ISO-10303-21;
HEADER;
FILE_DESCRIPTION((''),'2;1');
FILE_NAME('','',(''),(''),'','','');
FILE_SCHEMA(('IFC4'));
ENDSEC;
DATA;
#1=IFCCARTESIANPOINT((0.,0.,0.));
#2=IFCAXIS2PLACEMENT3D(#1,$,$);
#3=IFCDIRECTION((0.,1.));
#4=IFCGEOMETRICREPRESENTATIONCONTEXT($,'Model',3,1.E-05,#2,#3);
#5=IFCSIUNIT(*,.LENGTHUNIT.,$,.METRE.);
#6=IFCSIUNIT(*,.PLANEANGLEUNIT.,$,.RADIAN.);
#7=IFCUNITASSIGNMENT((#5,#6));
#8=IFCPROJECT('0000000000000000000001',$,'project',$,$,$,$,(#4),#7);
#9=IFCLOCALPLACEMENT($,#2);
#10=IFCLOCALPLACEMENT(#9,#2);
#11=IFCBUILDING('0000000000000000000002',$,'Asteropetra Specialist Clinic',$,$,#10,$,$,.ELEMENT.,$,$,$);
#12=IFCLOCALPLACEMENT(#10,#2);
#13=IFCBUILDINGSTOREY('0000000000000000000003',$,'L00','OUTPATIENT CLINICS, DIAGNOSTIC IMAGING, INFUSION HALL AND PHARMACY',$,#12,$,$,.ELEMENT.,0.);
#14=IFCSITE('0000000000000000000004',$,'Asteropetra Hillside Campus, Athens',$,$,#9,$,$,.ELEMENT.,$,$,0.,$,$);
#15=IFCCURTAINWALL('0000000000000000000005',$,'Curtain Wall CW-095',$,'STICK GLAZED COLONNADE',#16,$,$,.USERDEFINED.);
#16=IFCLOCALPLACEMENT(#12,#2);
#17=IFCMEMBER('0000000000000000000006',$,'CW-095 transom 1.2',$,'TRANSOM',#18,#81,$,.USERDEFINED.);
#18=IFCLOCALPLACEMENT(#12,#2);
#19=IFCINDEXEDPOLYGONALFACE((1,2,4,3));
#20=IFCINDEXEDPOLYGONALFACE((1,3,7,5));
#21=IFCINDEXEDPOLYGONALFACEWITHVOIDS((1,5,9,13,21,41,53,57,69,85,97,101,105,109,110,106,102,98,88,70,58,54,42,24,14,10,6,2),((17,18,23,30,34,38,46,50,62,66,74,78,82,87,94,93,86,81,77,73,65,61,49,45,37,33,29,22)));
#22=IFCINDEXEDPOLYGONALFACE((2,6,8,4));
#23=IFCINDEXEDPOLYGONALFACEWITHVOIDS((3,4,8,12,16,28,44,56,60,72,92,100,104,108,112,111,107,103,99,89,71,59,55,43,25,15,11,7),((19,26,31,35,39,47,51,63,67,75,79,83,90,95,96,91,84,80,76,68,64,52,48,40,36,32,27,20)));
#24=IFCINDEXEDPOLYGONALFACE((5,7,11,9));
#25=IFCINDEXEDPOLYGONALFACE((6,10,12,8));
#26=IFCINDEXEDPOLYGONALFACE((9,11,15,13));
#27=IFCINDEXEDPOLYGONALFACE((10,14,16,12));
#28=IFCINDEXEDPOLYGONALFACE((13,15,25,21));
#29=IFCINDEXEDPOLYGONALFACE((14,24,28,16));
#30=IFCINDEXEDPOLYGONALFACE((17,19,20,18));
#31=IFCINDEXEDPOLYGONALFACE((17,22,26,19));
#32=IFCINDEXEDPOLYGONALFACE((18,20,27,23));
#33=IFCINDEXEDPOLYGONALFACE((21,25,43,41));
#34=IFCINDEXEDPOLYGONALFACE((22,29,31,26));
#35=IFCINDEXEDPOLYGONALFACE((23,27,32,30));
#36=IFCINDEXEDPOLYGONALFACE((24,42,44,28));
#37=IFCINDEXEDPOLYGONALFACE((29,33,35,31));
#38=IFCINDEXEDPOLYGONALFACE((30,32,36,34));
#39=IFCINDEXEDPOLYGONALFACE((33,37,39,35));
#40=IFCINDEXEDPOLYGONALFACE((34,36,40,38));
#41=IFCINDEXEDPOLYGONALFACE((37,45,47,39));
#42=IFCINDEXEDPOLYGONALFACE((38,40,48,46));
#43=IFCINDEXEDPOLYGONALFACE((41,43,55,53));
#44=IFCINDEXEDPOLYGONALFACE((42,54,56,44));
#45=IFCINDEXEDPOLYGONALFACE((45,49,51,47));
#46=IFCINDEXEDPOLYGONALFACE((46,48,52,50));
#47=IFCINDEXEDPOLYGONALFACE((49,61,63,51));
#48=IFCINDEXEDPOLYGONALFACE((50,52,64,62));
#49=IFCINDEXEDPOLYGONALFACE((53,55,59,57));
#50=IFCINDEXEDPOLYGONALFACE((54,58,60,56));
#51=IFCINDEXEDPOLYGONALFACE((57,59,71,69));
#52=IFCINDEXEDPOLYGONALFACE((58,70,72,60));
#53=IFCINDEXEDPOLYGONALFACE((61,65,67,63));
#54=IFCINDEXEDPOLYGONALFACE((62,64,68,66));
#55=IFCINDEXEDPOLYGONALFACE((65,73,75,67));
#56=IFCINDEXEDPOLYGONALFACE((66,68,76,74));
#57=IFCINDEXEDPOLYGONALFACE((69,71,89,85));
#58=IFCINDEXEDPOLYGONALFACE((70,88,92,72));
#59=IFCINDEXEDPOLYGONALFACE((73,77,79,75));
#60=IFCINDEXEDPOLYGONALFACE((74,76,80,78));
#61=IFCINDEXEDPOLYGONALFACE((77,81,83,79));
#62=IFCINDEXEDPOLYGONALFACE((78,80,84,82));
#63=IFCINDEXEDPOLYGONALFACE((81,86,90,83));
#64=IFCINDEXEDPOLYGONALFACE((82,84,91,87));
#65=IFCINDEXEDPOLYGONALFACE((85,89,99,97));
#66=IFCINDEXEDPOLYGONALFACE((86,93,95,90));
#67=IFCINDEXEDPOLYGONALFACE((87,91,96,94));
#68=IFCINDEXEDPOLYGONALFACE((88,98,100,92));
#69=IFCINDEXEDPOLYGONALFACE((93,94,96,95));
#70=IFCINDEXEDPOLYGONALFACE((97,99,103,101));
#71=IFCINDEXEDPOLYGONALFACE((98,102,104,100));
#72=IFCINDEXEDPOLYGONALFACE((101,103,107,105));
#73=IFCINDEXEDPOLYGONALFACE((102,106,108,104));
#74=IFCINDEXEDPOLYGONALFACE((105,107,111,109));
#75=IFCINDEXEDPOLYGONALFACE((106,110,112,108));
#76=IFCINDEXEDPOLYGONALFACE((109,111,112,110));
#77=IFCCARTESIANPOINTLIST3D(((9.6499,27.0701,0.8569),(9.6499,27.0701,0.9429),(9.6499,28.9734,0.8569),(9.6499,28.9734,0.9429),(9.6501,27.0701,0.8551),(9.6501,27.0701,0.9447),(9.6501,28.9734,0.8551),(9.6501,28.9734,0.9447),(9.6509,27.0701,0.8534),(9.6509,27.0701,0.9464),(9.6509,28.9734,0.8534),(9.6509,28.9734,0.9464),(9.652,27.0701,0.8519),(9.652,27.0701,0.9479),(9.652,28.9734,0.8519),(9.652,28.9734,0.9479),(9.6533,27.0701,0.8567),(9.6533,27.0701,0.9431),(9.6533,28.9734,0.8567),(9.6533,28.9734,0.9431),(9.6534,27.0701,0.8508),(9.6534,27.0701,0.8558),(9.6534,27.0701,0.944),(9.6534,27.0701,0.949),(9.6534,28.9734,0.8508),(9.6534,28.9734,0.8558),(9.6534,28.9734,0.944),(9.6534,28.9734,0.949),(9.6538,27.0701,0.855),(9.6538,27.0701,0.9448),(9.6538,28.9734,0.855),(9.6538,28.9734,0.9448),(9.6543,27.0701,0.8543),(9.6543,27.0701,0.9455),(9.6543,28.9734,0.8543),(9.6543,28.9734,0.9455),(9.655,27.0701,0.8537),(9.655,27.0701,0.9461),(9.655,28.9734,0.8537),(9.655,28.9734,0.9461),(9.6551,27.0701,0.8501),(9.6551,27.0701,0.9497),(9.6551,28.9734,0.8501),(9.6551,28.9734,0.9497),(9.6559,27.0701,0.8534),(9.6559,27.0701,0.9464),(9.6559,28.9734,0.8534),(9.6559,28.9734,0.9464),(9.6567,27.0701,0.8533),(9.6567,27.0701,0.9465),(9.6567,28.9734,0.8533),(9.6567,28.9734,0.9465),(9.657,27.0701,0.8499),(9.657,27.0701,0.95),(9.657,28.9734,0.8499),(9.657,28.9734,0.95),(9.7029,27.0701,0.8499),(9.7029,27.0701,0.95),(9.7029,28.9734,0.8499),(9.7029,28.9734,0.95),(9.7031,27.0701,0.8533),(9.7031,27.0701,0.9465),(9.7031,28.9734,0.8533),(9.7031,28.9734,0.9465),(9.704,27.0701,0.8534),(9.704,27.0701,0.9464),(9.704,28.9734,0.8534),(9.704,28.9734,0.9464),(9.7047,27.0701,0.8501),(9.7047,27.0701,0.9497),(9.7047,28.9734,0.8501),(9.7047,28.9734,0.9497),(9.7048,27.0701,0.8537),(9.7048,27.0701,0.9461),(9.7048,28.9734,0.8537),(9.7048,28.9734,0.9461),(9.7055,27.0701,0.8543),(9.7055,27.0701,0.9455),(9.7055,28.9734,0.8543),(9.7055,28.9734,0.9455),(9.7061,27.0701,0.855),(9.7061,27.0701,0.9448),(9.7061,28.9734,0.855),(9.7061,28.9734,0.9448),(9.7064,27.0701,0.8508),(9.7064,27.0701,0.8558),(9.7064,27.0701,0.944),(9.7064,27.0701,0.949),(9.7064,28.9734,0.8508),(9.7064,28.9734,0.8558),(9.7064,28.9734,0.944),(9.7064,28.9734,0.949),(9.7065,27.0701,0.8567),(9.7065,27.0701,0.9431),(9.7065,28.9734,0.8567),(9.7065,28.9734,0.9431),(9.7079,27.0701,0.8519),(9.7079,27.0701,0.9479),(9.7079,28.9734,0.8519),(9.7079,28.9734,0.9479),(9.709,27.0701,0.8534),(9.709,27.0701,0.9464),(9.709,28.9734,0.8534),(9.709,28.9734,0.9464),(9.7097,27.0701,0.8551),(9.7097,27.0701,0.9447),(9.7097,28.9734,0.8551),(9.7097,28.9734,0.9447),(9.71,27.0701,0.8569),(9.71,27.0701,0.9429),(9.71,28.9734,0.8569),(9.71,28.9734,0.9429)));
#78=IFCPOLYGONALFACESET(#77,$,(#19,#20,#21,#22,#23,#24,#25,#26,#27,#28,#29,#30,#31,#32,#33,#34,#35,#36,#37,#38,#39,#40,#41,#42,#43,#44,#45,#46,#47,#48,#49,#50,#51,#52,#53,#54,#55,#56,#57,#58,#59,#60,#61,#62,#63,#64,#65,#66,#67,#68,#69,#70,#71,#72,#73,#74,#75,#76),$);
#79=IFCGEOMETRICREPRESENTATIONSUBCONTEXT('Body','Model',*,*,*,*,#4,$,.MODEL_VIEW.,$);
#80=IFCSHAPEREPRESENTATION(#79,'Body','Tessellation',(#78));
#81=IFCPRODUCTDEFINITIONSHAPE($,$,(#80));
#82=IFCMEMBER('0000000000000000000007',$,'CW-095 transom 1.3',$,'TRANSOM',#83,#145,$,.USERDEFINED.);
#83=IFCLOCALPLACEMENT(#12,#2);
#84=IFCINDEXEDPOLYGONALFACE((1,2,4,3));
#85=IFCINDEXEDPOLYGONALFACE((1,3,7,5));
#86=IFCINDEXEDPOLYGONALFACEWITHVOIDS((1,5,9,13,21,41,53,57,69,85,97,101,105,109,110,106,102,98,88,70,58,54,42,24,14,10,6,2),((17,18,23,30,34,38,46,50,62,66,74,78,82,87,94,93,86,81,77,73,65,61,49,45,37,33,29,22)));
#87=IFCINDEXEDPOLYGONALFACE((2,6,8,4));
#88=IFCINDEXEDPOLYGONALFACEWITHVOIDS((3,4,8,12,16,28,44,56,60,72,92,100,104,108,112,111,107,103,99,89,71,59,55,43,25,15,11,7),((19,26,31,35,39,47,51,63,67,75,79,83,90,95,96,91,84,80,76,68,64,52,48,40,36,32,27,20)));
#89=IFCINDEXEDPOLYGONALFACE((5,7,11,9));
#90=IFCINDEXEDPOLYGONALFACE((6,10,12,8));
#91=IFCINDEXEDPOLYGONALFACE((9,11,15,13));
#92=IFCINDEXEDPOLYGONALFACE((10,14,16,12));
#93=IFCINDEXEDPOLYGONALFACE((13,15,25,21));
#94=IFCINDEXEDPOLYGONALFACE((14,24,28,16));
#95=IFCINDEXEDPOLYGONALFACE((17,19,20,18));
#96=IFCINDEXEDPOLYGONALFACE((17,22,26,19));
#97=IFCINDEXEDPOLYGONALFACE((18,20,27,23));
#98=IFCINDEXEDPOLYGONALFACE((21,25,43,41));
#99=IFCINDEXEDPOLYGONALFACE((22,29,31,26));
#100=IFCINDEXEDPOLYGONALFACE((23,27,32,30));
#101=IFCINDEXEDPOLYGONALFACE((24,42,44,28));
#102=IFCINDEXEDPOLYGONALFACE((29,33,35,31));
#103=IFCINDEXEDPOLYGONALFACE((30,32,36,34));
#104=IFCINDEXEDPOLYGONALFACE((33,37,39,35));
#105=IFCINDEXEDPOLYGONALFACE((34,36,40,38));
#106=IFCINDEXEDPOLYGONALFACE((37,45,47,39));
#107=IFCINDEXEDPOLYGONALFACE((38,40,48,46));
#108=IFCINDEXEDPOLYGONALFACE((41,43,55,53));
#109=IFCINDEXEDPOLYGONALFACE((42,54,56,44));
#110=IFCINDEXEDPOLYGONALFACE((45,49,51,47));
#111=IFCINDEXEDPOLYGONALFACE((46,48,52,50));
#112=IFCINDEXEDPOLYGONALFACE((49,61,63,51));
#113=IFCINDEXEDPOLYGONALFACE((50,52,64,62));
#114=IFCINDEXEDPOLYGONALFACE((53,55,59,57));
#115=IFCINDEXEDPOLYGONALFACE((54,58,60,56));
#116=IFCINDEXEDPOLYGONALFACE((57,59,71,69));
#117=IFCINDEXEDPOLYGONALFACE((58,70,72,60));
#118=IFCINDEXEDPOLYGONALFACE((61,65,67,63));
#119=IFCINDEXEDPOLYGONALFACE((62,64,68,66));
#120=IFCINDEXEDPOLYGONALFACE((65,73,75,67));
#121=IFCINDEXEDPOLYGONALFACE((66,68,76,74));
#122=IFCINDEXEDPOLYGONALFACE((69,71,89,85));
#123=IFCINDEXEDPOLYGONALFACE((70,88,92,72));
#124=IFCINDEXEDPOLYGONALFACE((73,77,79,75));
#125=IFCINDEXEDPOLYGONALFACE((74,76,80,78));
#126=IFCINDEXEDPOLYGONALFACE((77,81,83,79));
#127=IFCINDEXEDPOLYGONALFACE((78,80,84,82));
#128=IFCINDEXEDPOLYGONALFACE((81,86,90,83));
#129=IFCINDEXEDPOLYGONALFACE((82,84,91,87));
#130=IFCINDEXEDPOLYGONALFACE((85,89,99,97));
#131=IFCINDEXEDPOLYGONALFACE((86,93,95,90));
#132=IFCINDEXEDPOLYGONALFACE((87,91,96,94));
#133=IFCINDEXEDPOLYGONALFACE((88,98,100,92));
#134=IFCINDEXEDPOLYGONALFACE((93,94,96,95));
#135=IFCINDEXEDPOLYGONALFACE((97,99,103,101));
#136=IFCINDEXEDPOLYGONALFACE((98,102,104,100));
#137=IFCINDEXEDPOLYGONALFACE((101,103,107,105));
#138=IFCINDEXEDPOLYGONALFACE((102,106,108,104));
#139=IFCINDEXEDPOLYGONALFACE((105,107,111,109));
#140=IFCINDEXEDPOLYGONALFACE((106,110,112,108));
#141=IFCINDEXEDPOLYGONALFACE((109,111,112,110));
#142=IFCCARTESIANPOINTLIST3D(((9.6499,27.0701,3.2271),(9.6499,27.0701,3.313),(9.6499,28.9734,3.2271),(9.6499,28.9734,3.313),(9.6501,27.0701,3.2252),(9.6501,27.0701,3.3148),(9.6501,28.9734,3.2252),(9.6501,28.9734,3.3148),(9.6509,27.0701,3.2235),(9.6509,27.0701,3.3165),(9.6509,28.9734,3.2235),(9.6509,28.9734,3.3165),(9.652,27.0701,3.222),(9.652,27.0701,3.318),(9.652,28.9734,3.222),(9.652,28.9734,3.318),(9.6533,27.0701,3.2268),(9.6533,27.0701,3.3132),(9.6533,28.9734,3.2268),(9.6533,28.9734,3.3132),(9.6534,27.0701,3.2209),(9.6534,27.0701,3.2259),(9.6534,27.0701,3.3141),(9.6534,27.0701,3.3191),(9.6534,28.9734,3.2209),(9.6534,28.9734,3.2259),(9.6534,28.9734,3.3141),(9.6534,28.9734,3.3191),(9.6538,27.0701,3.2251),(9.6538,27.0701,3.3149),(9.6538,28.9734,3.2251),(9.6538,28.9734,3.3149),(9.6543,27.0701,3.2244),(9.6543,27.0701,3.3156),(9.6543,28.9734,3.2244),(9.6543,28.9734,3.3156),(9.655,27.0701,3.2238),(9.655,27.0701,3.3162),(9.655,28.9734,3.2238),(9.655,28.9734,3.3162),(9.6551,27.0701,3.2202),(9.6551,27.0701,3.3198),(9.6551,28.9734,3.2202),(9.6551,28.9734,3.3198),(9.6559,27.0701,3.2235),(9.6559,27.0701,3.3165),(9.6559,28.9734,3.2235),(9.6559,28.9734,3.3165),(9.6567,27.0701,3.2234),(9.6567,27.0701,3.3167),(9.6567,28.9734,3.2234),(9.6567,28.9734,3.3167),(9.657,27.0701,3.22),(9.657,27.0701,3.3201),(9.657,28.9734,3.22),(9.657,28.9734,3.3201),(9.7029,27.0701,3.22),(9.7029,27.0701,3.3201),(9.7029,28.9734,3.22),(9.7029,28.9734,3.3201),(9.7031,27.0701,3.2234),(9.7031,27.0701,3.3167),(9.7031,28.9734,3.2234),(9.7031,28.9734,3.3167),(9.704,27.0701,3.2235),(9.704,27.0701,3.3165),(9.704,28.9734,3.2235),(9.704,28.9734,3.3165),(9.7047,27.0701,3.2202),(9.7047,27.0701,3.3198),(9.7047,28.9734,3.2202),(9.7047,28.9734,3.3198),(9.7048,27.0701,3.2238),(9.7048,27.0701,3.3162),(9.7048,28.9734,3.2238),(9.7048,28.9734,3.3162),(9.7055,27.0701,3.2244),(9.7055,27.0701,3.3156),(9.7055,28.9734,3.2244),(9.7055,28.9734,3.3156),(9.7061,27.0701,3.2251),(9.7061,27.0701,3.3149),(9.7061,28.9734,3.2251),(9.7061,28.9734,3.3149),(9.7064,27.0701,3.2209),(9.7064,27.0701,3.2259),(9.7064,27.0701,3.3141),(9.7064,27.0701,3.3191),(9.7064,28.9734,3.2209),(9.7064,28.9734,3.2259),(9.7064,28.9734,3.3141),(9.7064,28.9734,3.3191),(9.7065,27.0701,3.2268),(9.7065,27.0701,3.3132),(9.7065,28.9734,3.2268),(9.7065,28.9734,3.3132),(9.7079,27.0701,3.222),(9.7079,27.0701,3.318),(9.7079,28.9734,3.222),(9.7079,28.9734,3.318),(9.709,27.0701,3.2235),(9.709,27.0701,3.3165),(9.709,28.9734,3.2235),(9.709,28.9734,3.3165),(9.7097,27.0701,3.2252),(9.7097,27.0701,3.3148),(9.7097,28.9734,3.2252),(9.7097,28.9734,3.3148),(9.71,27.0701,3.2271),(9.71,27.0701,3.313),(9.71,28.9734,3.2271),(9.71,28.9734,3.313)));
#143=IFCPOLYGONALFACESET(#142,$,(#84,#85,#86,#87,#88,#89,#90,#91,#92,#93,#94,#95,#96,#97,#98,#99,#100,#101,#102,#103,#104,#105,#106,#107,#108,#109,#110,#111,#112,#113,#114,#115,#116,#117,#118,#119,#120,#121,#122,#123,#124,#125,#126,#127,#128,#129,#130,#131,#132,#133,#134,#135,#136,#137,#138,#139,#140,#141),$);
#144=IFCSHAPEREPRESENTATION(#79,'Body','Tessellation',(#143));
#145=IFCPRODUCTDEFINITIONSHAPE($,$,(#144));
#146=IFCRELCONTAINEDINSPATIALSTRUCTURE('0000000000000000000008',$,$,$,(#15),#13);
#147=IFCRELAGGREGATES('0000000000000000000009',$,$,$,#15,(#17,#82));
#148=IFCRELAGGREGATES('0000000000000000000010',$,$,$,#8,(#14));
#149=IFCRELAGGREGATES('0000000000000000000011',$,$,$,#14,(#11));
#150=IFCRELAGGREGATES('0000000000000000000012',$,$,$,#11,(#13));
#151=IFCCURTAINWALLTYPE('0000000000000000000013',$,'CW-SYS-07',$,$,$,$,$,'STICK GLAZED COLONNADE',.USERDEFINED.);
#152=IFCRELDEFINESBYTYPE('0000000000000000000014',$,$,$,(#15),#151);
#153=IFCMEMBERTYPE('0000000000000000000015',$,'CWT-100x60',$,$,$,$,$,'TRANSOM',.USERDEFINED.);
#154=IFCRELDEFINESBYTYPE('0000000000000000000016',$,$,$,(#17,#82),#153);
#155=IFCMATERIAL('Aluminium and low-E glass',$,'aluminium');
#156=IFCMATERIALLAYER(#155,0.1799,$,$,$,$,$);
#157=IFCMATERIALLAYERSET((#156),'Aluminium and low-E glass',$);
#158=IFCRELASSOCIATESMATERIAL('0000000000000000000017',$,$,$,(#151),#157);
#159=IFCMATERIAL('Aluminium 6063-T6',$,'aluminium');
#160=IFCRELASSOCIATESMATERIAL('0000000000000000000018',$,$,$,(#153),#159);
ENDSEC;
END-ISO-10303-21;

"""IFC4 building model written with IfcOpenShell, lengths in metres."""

from ifc_helpers import new_model, si_unit, direction, frame, origin, origin_2d, place, context, subcontext, project, spatial, hollow_rectangle, extrude, material, layer, layer_set, material_profile, profile_set, type_object, element, aggregate, save


model = new_model("IFC4")

# Units and contexts
model_context = context("Model", 3, precision=1e-05, world=origin(), true_north=direction((0.0, 1.0)))
body_context = subcontext(model_context, "Body", "Model", "MODEL_VIEW")
ifc_project = project(units=[si_unit("LENGTHUNIT", "METRE"), si_unit("PLANEANGLEUNIT", "RADIAN")], contexts=[model_context])

# Site, building, storey
site_placement = place(None, origin())
site = spatial("IfcSite", under=ifc_project, at=site_placement, Name="Asteropetra Hillside Campus, Athens", CompositionType="ELEMENT", RefElevation=0.0)
building_placement = place(site_placement, origin())
building = spatial("IfcBuilding", under=site, at=building_placement, Name="Asteropetra Specialist Clinic", CompositionType="ELEMENT")
storey_placement = place(building_placement, origin())
storey = spatial("IfcBuildingStorey", under=building, at=storey_placement, Name="L00", Description="OUTPATIENT CLINICS, DIAGNOSTIC IMAGING, INFUSION HALL AND PHARMACY", CompositionType="ELEMENT", Elevation=0.0)

# Curtain wall, members
ifc_material_1 = material(Name="Aluminium and low-E glass", Category="aluminium")
ifc_layer_1 = layer(ifc_material_1, 0.1799)
ifc_layer_set_1 = layer_set([ifc_layer_1], Name="Aluminium and low-E glass")
curtain_wall_type = type_object("IfcCurtainWallType", Name="CW-SYS-07", ElementType="STICK GLAZED COLONNADE", PredefinedType="USERDEFINED", material=ifc_layer_set_1)
curtain_wall_placement = place(storey_placement, origin())
curtain_wall = element("IfcCurtainWall", 1, at=curtain_wall_placement, inside=storey, type_object=curtain_wall_type, Name="Curtain Wall CW-095", ObjectType="STICK GLAZED COLONNADE", PredefinedType="USERDEFINED")
ifc_material_2 = material(Name="Aluminium 6063-T6", Category="aluminium")
ifc_material_profile_1 = material_profile(ifc_material_2, hollow_rectangle(XDim=0.0601, YDim=0.1001, WallThickness=0.0034, InnerFilletRadius=0.0034, OuterFilletRadius=0.0071, at=origin_2d()), Name="TRN 100x60x3.5")
ifc_profile_set_1 = profile_set([ifc_material_profile_1], Name="Aluminium 6063-T6")
member_type_1 = type_object("IfcMemberType", Name="CWT-100x60", ElementType="TRANSOM", PredefinedType="USERDEFINED", material=ifc_profile_set_1)
member_1_placement = place(storey_placement, frame((9.6799, 27.0701, 0.8999), z_axis=(0.0, 1.0, 0.0), x_axis=(-1.0, 0.0, 0.0)))
member_1 = element("IfcMember", 2, at=member_1_placement, type_object=member_type_1, Name="CW-095 transom 1.2", ObjectType="TRANSOM", PredefinedType="USERDEFINED", context=body_context, shape_type="SweptSolid", body=[
    extrude(hollow_rectangle(XDim=0.0601, YDim=0.1001, WallThickness=0.0034, InnerFilletRadius=0.0034, OuterFilletRadius=0.0071, at=origin_2d()), origin(), (0.0, 0.0, 1.0), 1.9033),
])
member_2_placement = place(storey_placement, frame((9.6799, 27.0701, 3.27), z_axis=(0.0, 1.0, 0.0), x_axis=(-1.0, 0.0, 0.0)))
member_2 = element("IfcMember", 3, at=member_2_placement, type_object=member_type_1, Name="CW-095 transom 1.3", ObjectType="TRANSOM", PredefinedType="USERDEFINED", context=body_context, shape_type="SweptSolid", body=[
    extrude(hollow_rectangle(XDim=0.0601, YDim=0.1001, WallThickness=0.0034, InnerFilletRadius=0.0034, OuterFilletRadius=0.0071, at=origin_2d()), origin(), (0.0, 0.0, 1.0), 1.9033),
])

aggregate(curtain_wall, [member_1, member_2])

save(model, "model.ifc")
